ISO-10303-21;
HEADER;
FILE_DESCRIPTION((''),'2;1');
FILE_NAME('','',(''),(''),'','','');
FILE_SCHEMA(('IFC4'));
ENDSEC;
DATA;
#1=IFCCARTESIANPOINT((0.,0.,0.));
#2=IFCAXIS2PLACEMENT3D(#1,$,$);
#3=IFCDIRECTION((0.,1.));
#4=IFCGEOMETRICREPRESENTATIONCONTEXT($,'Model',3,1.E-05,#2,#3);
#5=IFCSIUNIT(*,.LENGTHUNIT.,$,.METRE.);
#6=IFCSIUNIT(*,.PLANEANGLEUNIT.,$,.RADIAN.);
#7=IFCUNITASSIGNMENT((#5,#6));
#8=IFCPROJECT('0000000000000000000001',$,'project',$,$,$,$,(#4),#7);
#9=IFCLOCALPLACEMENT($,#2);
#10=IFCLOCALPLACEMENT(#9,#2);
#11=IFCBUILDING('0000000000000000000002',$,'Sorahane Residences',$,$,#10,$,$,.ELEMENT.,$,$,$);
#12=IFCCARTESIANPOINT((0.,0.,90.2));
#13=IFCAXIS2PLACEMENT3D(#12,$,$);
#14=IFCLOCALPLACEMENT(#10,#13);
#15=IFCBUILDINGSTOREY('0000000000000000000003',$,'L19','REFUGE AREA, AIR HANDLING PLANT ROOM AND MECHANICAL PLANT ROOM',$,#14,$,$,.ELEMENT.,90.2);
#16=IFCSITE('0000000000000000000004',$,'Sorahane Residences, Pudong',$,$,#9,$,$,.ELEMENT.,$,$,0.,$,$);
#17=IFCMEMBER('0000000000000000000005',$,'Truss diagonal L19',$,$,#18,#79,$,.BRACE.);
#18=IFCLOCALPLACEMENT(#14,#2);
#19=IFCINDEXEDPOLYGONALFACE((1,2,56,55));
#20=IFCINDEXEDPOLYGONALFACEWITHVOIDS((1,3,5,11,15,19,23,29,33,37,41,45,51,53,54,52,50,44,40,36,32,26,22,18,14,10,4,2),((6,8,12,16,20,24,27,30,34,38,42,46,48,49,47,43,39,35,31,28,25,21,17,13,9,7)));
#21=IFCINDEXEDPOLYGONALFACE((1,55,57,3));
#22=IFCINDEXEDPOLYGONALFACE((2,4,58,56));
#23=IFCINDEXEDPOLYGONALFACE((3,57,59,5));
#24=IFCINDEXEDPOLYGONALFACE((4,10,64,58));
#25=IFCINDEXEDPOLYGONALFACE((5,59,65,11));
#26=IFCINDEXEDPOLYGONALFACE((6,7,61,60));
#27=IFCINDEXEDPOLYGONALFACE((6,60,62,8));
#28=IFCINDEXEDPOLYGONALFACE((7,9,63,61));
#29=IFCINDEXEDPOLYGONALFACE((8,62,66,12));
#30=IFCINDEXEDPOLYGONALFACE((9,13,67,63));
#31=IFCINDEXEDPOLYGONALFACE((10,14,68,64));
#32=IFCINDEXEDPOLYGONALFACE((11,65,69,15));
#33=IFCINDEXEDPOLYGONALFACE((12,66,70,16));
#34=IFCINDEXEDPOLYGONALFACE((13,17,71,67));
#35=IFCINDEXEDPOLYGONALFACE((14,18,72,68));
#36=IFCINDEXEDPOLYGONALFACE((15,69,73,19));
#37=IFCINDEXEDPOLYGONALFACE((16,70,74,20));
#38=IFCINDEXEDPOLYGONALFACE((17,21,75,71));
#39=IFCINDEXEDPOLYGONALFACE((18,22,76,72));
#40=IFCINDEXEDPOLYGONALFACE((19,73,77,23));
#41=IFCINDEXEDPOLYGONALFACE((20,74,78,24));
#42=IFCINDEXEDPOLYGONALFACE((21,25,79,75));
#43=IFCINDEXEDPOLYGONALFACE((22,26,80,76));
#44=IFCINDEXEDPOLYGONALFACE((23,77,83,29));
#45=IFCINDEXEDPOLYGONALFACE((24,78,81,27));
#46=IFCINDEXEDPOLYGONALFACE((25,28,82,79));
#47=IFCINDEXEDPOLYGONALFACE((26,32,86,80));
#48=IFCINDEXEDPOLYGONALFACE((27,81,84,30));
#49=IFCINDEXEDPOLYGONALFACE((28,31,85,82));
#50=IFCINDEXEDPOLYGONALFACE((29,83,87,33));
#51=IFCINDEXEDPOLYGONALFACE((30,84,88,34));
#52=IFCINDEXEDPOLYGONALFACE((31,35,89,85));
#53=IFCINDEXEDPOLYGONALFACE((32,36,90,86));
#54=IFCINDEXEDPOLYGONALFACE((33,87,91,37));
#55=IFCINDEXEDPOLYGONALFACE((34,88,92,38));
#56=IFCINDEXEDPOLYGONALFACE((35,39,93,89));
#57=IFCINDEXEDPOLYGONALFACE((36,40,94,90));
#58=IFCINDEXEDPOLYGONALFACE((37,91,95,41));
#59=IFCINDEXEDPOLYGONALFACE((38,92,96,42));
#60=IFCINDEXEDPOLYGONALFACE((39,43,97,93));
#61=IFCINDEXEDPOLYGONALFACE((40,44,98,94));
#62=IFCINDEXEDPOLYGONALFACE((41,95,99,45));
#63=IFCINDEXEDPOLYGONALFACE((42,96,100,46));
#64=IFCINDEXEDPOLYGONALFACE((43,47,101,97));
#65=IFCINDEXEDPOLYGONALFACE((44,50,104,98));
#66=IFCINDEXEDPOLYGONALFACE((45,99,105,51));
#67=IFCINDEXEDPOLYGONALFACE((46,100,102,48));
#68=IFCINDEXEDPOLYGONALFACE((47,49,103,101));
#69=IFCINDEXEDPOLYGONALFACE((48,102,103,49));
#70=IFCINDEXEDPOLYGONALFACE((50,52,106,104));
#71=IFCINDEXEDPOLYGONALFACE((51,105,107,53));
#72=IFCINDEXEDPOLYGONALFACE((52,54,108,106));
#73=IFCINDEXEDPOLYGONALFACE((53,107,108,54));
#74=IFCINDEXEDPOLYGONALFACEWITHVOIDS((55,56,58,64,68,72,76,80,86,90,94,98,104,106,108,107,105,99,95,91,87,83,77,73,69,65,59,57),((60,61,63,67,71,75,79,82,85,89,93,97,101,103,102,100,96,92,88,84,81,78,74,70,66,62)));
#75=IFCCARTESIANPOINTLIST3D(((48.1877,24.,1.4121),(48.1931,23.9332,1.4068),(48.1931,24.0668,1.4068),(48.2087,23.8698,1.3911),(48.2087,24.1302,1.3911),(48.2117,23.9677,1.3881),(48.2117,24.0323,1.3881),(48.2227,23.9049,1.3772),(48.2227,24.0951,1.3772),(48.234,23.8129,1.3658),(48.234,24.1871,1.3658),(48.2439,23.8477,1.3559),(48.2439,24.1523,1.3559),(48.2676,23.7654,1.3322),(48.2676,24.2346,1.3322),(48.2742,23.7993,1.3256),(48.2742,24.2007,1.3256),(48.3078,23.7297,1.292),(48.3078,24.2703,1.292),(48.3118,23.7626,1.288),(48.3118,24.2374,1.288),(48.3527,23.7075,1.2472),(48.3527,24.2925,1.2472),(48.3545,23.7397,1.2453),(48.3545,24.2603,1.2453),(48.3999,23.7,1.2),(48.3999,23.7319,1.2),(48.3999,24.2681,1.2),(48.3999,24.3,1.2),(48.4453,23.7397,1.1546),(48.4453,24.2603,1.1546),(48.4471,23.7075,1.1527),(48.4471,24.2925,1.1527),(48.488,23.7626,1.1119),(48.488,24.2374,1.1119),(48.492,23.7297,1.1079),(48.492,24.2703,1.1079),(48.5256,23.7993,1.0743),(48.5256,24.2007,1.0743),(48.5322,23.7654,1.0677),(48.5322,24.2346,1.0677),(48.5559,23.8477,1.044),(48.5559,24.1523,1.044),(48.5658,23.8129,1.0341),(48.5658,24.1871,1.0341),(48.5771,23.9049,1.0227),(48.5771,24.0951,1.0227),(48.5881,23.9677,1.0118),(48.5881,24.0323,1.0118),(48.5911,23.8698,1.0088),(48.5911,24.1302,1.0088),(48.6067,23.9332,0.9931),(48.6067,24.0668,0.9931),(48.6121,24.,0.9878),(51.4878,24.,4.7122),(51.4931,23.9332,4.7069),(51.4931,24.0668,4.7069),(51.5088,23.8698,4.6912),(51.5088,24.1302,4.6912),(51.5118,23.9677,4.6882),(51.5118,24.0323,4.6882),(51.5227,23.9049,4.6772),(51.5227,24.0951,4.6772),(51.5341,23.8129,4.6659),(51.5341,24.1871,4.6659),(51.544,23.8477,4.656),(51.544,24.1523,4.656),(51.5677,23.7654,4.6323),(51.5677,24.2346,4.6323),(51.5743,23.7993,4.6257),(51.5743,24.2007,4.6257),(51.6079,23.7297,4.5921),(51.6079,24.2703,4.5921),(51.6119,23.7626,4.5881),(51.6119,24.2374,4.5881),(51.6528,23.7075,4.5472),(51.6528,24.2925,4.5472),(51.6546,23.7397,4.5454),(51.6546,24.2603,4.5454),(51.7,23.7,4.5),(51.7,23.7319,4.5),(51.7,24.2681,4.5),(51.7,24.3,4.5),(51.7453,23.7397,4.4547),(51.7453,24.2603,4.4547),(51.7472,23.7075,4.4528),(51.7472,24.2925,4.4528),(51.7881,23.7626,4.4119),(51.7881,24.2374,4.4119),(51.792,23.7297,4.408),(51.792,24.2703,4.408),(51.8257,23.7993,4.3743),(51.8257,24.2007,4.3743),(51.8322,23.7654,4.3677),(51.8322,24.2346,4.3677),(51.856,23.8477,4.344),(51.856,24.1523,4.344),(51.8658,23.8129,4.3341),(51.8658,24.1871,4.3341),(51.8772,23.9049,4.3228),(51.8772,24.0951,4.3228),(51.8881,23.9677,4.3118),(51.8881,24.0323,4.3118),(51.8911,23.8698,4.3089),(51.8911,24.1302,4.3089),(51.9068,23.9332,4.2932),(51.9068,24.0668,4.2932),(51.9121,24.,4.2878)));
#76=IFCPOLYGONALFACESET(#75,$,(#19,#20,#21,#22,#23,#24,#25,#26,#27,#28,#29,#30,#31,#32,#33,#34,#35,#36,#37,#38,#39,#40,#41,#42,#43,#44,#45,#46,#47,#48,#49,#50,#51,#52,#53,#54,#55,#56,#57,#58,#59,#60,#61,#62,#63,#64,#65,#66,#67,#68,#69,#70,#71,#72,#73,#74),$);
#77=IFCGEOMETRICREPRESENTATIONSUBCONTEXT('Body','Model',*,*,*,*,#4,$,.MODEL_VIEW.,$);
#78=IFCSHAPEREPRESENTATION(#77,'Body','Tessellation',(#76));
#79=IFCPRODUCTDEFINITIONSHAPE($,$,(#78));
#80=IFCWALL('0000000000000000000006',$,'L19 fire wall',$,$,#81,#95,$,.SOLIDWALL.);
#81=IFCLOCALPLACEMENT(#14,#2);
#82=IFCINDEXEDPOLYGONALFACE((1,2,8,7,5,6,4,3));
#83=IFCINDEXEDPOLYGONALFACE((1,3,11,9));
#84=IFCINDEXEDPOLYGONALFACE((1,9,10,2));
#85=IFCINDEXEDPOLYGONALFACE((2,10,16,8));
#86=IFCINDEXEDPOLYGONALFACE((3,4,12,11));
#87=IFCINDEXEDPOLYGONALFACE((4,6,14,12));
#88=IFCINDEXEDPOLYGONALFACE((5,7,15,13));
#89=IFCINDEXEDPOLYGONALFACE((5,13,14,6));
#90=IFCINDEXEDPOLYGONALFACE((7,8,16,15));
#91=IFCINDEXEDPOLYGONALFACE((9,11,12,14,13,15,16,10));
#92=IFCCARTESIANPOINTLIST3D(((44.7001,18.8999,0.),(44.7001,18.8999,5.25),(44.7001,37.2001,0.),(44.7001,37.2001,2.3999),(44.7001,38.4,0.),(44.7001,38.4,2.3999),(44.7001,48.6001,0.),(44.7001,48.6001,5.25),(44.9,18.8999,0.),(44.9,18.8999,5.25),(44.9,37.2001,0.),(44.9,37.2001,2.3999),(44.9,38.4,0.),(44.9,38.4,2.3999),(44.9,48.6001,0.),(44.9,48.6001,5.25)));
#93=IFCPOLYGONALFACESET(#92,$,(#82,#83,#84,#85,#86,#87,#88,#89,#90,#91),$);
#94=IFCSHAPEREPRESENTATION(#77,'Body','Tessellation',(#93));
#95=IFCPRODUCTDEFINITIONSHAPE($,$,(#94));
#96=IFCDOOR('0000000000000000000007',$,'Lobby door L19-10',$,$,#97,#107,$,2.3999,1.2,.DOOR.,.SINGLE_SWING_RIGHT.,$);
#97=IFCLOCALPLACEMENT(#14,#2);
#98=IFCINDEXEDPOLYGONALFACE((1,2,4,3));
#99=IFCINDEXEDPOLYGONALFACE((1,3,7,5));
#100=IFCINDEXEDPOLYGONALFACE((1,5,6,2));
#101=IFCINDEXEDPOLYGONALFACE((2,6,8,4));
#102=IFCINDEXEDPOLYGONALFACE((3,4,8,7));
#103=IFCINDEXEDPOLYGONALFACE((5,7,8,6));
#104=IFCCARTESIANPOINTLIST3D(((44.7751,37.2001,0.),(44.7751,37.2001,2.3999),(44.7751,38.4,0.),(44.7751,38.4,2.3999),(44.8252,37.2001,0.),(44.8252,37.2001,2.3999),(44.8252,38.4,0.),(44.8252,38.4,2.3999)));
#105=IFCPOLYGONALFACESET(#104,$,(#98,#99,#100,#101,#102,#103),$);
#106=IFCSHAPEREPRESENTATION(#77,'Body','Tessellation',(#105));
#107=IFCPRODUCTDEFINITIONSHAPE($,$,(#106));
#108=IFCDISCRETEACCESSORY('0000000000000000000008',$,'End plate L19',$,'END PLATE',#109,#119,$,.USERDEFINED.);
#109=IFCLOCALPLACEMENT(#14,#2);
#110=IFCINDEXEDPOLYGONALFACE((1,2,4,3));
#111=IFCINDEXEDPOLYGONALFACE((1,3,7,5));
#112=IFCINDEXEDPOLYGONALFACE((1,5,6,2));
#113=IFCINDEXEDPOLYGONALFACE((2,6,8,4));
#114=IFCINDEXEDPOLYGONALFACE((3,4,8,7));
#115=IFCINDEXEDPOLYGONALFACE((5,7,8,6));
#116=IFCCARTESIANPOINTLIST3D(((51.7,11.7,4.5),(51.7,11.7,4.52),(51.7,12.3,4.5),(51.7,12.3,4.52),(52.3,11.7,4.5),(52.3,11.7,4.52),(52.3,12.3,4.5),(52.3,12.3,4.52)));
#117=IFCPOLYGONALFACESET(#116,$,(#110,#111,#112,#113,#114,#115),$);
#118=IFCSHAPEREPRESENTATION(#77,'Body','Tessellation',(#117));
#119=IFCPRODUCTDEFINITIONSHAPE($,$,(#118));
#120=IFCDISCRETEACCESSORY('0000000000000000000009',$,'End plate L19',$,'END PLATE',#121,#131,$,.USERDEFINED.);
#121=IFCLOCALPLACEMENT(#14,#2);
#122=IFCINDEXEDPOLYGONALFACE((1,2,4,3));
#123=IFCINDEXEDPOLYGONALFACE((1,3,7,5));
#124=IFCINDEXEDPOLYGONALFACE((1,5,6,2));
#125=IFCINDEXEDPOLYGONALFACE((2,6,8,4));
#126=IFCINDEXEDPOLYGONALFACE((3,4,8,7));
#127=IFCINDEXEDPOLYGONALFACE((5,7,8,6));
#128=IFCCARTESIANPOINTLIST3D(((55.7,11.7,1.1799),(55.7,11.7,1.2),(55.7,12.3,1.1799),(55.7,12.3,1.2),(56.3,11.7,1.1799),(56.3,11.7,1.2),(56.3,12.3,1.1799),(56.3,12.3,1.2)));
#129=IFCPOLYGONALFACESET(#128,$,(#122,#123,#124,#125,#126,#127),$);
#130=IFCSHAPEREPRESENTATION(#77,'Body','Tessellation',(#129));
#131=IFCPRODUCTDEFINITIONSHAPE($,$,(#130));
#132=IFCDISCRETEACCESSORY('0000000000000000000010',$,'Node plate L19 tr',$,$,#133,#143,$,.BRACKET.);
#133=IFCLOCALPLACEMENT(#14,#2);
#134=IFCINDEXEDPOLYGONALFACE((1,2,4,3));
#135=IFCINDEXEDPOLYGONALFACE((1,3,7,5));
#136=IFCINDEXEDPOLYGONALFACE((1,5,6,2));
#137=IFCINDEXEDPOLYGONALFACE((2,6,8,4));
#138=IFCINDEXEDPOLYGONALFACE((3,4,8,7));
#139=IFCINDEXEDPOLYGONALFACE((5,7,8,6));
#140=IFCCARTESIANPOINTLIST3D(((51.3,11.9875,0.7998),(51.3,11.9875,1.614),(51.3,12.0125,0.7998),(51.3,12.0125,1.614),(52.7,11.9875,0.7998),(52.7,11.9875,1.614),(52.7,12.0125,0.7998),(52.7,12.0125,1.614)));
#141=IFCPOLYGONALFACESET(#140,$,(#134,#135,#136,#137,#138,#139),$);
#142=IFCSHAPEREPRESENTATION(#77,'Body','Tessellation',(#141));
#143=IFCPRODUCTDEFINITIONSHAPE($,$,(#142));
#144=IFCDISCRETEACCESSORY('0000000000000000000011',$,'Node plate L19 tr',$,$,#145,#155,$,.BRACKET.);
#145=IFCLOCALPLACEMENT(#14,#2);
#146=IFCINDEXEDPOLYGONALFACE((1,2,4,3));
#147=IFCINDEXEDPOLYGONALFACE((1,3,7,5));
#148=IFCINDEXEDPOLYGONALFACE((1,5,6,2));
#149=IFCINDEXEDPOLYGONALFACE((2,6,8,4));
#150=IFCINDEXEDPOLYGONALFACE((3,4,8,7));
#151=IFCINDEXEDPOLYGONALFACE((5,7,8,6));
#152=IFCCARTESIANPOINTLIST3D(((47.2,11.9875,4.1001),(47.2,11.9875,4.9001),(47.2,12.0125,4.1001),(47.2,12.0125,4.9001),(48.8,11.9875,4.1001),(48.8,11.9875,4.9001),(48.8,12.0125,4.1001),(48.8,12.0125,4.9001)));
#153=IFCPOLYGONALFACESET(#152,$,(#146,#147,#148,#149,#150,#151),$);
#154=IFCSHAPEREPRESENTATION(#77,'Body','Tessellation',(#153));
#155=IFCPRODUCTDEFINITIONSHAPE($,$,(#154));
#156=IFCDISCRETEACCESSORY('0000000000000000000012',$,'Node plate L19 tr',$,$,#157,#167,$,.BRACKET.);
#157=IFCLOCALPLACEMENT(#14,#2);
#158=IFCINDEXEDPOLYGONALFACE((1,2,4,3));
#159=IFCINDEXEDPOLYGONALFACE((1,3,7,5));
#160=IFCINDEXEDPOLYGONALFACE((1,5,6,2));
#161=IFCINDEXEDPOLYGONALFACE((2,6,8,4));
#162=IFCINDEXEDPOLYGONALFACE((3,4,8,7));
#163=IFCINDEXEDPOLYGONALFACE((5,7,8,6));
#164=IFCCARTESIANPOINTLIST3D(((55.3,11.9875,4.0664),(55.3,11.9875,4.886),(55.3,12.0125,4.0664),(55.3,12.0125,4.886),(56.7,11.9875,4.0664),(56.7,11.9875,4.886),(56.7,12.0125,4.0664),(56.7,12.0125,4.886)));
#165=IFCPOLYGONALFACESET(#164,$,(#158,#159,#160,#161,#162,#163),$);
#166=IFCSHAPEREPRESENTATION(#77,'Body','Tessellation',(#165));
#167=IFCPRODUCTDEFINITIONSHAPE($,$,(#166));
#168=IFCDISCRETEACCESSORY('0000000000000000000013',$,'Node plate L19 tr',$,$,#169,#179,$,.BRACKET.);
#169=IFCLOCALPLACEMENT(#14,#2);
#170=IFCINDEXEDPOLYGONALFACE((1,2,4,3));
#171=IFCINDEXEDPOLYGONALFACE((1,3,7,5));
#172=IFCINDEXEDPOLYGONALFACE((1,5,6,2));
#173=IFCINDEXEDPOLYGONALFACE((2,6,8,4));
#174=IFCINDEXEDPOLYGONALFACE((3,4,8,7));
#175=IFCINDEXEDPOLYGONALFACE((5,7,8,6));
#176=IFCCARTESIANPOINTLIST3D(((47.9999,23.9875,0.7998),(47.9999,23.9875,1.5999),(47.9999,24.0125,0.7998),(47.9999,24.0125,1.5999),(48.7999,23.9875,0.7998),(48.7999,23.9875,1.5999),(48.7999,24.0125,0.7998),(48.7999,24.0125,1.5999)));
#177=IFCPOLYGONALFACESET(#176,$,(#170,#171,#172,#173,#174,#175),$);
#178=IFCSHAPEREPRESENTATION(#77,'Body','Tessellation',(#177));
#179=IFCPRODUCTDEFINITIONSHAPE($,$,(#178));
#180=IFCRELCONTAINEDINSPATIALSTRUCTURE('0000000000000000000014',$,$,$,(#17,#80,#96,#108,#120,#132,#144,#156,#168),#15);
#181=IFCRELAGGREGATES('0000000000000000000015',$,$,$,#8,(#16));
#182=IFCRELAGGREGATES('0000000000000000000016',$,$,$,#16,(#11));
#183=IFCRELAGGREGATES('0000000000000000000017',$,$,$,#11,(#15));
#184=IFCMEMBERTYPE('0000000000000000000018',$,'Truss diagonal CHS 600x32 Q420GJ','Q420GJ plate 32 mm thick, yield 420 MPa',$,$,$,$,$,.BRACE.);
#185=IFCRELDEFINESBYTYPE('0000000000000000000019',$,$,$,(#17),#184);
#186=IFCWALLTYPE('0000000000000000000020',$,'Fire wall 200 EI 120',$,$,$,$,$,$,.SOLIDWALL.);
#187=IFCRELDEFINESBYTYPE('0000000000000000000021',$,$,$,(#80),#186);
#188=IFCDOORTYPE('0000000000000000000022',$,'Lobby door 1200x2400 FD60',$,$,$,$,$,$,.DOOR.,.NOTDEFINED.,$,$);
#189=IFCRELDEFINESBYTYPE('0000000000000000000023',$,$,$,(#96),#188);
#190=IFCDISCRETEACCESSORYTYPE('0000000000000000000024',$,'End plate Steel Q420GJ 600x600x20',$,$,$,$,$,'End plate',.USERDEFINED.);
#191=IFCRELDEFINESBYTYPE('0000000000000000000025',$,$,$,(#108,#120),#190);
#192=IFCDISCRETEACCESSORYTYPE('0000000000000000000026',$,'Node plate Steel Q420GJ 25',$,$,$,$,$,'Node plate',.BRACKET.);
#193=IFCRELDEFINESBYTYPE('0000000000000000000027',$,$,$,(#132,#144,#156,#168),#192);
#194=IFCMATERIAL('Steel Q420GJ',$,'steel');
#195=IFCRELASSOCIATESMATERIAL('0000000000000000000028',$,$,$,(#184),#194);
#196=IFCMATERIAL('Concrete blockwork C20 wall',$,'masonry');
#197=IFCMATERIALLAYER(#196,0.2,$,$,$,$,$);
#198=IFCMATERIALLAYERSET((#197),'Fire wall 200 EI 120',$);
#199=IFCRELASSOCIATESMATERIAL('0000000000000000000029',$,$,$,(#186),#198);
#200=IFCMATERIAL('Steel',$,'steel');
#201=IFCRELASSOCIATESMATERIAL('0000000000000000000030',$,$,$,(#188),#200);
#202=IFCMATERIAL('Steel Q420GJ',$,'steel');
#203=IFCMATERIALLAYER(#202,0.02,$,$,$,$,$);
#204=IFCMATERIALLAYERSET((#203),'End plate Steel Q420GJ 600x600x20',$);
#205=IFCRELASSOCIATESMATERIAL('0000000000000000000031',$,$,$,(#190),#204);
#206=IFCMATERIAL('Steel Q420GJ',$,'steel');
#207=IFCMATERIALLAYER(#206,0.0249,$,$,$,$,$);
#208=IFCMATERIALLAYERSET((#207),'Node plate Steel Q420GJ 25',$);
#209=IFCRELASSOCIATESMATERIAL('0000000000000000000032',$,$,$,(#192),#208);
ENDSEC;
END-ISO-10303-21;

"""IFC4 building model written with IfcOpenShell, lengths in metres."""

from ifc_helpers import new_model, si_unit, direction, frame, frame_2d, origin, origin_2d, place, context, subcontext, project, spatial, rectangle, hollow_circle, extrude, material, layer, layer_set, material_profile, profile_set, type_object, element, fill, save


model = new_model("IFC4")

# Units and contexts
model_context = context("Model", 3, precision=1e-05, world=origin(), true_north=direction((0.0, 1.0)))
body_context = subcontext(model_context, "Body", "Model", "MODEL_VIEW")
ifc_project = project(units=[si_unit("LENGTHUNIT", "METRE"), si_unit("PLANEANGLEUNIT", "RADIAN")], contexts=[model_context])

# Site, building, storey
site_placement = place(None, origin())
site = spatial("IfcSite", under=ifc_project, at=site_placement, Name="Sorahane Residences, Pudong", CompositionType="ELEMENT", RefElevation=0.0)
building_placement = place(site_placement, origin())
building = spatial("IfcBuilding", under=site, at=building_placement, Name="Sorahane Residences", CompositionType="ELEMENT")
storey_placement = place(building_placement, frame((0.0, 0.0, 90.2)))
storey = spatial("IfcBuildingStorey", under=building, at=storey_placement, Name="L19", Description="REFUGE AREA, AIR HANDLING PLANT ROOM AND MECHANICAL PLANT ROOM", CompositionType="ELEMENT", Elevation=90.2)

# Member
ifc_material_1 = material(Name="Steel Q420GJ", Category="steel")
ifc_material_profile_1 = material_profile(ifc_material_1, hollow_circle(Radius=0.3, WallThickness=0.032, at=origin_2d()), Name="CHS 600x32")
ifc_profile_set_1 = profile_set([ifc_material_profile_1], Name="Steel Q420GJ")
member_type = type_object("IfcMemberType", Name="Truss diagonal CHS 600x32 Q420GJ", Description="Q420GJ plate 32 mm thick, yield 420 MPa", PredefinedType="BRACE", material=ifc_profile_set_1)
member_1_placement = place(storey_placement, frame((48.3999, 24.0, 1.2), z_axis=(0.707107, 0.0, 0.707107), x_axis=(0.0, 1.0, 0.0)))
element("IfcMember", 1, at=member_1_placement, inside=storey, type_object=member_type, Name="Truss diagonal L19", PredefinedType="BRACE", context=body_context, shape_type="SweptSolid", body=[
    extrude(hollow_circle(Radius=0.3, WallThickness=0.032, at=origin_2d()), origin(), (0.0, 0.0, 1.0), 4.667),
])

# Wall, opening, door
ifc_material_2 = material(Name="Concrete blockwork C20 wall", Category="masonry")
ifc_layer_1 = layer(ifc_material_2, 0.2)
ifc_layer_set_1 = layer_set([ifc_layer_1], Name="Fire wall 200 EI 120")
wall_type = type_object("IfcWallType", Name="Fire wall 200 EI 120", PredefinedType="SOLIDWALL", material=ifc_layer_set_1)
wall_placement = place(storey_placement, frame((44.8, 18.8999, 0.0), z_axis=(0.0, 0.0, 1.0), x_axis=(0.0, 1.0, 0.0)))
wall = element("IfcWall", 2, at=wall_placement, inside=storey, type_object=wall_type, Name="L19 fire wall", PredefinedType="SOLIDWALL", context=body_context, shape_type="SweptSolid", body=[
    extrude(rectangle(XDim=29.7002, YDim=0.2, at=frame_2d((14.8501, 0.0))), origin(), (0.0, 0.0, 1.0), 5.25),
])
opening_placement = place(wall_placement, frame((18.3, 0.0, 0.0)))
opening = element("IfcOpeningElement", 3, at=opening_placement, cuts=wall, PredefinedType="OPENING", context=body_context, shape_type="SweptSolid", body=[
    extrude(rectangle(XDim=1.2, YDim=2.3999, at=frame_2d((0.6001, 1.2))), frame((0.0, 0.1099, 0.0), z_axis=(0.0, -1.0, 0.0), x_axis=(1.0, 0.0, 0.0)), (0.0, 0.0, 1.0), 0.22),
])
ifc_material_3 = material(Name="Steel", Category="steel")
door_type = type_object("IfcDoorType", Name="Lobby door 1200x2400 FD60", OperationType="NOTDEFINED", PredefinedType="DOOR", material=ifc_material_3)
door_placement = place(opening_placement, origin())
door = element("IfcDoor", 4, at=door_placement, inside=storey, type_object=door_type, Name="Lobby door L19-10", OperationType="SINGLE_SWING_RIGHT", OverallHeight=2.3999, OverallWidth=1.2, PredefinedType="DOOR", context=body_context, shape_type="SweptSolid", body=[
    extrude(rectangle(XDim=1.2, YDim=2.3999, at=frame_2d((0.6001, 1.2))), frame((0.0, 0.0249, 0.0), z_axis=(0.0, -1.0, 0.0), x_axis=(1.0, 0.0, 0.0)), (0.0, 0.0, 1.0), 0.05),
])
fill(opening, door)

# Discrete accessories
ifc_material_4 = material(Name="Steel Q420GJ", Category="steel")
ifc_layer_2 = layer(ifc_material_4, 0.02)
ifc_layer_set_2 = layer_set([ifc_layer_2], Name="End plate Steel Q420GJ 600x600x20")
discrete_accessory_type_1 = type_object("IfcDiscreteAccessoryType", Name="End plate Steel Q420GJ 600x600x20", ElementType="End plate", PredefinedType="USERDEFINED", material=ifc_layer_set_2)
for number, where, z_axis, x_axis, name in (
    (5, (52.0, 12.0, 4.5), (0.0, 0.0, 1.0), (1.0, 0.0, 0.0), "End plate L19"),
    (6, (56.0, 12.0, 1.1799), (0.0, 0.0, 1.0), (1.0, 0.0, 0.0), "End plate L19"),
):
    element("IfcDiscreteAccessory", number, at=place(storey_placement, frame(where, z_axis=z_axis, x_axis=x_axis)), inside=storey, type_object=discrete_accessory_type_1, Name=name, ObjectType="END PLATE", PredefinedType="USERDEFINED", context=body_context, shape_type="SweptSolid", body=[
        extrude(rectangle(XDim=0.6001, YDim=0.6001, at=origin_2d()), origin(), (0.0, 0.0, 1.0), 0.02),
    ])
ifc_material_5 = material(Name="Steel Q420GJ", Category="steel")
ifc_layer_3 = layer(ifc_material_5, 0.0249)
ifc_layer_set_3 = layer_set([ifc_layer_3], Name="Node plate Steel Q420GJ 25")
discrete_accessory_type_2 = type_object("IfcDiscreteAccessoryType", Name="Node plate Steel Q420GJ 25", ElementType="Node plate", PredefinedType="BRACKET", material=ifc_layer_set_3)
discrete_accessory_1_placement = place(storey_placement, frame((52.0, 12.0, 0.7998), z_axis=(0.0, 0.0, 1.0), x_axis=(1.0, 0.0, 0.0)))
element("IfcDiscreteAccessory", 7, at=discrete_accessory_1_placement, inside=storey, type_object=discrete_accessory_type_2, Name="Node plate L19 tr", PredefinedType="BRACKET", context=body_context, shape_type="SweptSolid", body=[
    extrude(rectangle(XDim=1.3999, YDim=0.0249, at=origin_2d()), origin(), (0.0, 0.0, 1.0), 0.8142),
])
discrete_accessory_2_placement = place(storey_placement, frame((48.0, 12.0, 4.1001), z_axis=(0.0, 0.0, 1.0), x_axis=(1.0, 0.0, 0.0)))
element("IfcDiscreteAccessory", 8, at=discrete_accessory_2_placement, inside=storey, type_object=discrete_accessory_type_2, Name="Node plate L19 tr", PredefinedType="BRACKET", context=body_context, shape_type="SweptSolid", body=[
    extrude(rectangle(XDim=1.6001, YDim=0.0249, at=origin_2d()), origin(), (0.0, 0.0, 1.0), 0.8),
])
discrete_accessory_3_placement = place(storey_placement, frame((56.0, 12.0, 4.0664), z_axis=(0.0, 0.0, 1.0), x_axis=(1.0, 0.0, 0.0)))
element("IfcDiscreteAccessory", 9, at=discrete_accessory_3_placement, inside=storey, type_object=discrete_accessory_type_2, Name="Node plate L19 tr", PredefinedType="BRACKET", context=body_context, shape_type="SweptSolid", body=[
    extrude(rectangle(XDim=1.3999, YDim=0.0249, at=origin_2d()), origin(), (0.0, 0.0, 1.0), 0.8196),
])
discrete_accessory_4_placement = place(storey_placement, frame((48.3999, 24.0, 0.7998), z_axis=(0.0, 0.0, 1.0), x_axis=(1.0, 0.0, 0.0)))
element("IfcDiscreteAccessory", 10, at=discrete_accessory_4_placement, inside=storey, type_object=discrete_accessory_type_2, Name="Node plate L19 tr", PredefinedType="BRACKET", context=body_context, shape_type="SweptSolid", body=[
    extrude(rectangle(XDim=0.8, YDim=0.0249, at=origin_2d()), origin(), (0.0, 0.0, 1.0), 0.8),
])

save(model, "model.ifc")
